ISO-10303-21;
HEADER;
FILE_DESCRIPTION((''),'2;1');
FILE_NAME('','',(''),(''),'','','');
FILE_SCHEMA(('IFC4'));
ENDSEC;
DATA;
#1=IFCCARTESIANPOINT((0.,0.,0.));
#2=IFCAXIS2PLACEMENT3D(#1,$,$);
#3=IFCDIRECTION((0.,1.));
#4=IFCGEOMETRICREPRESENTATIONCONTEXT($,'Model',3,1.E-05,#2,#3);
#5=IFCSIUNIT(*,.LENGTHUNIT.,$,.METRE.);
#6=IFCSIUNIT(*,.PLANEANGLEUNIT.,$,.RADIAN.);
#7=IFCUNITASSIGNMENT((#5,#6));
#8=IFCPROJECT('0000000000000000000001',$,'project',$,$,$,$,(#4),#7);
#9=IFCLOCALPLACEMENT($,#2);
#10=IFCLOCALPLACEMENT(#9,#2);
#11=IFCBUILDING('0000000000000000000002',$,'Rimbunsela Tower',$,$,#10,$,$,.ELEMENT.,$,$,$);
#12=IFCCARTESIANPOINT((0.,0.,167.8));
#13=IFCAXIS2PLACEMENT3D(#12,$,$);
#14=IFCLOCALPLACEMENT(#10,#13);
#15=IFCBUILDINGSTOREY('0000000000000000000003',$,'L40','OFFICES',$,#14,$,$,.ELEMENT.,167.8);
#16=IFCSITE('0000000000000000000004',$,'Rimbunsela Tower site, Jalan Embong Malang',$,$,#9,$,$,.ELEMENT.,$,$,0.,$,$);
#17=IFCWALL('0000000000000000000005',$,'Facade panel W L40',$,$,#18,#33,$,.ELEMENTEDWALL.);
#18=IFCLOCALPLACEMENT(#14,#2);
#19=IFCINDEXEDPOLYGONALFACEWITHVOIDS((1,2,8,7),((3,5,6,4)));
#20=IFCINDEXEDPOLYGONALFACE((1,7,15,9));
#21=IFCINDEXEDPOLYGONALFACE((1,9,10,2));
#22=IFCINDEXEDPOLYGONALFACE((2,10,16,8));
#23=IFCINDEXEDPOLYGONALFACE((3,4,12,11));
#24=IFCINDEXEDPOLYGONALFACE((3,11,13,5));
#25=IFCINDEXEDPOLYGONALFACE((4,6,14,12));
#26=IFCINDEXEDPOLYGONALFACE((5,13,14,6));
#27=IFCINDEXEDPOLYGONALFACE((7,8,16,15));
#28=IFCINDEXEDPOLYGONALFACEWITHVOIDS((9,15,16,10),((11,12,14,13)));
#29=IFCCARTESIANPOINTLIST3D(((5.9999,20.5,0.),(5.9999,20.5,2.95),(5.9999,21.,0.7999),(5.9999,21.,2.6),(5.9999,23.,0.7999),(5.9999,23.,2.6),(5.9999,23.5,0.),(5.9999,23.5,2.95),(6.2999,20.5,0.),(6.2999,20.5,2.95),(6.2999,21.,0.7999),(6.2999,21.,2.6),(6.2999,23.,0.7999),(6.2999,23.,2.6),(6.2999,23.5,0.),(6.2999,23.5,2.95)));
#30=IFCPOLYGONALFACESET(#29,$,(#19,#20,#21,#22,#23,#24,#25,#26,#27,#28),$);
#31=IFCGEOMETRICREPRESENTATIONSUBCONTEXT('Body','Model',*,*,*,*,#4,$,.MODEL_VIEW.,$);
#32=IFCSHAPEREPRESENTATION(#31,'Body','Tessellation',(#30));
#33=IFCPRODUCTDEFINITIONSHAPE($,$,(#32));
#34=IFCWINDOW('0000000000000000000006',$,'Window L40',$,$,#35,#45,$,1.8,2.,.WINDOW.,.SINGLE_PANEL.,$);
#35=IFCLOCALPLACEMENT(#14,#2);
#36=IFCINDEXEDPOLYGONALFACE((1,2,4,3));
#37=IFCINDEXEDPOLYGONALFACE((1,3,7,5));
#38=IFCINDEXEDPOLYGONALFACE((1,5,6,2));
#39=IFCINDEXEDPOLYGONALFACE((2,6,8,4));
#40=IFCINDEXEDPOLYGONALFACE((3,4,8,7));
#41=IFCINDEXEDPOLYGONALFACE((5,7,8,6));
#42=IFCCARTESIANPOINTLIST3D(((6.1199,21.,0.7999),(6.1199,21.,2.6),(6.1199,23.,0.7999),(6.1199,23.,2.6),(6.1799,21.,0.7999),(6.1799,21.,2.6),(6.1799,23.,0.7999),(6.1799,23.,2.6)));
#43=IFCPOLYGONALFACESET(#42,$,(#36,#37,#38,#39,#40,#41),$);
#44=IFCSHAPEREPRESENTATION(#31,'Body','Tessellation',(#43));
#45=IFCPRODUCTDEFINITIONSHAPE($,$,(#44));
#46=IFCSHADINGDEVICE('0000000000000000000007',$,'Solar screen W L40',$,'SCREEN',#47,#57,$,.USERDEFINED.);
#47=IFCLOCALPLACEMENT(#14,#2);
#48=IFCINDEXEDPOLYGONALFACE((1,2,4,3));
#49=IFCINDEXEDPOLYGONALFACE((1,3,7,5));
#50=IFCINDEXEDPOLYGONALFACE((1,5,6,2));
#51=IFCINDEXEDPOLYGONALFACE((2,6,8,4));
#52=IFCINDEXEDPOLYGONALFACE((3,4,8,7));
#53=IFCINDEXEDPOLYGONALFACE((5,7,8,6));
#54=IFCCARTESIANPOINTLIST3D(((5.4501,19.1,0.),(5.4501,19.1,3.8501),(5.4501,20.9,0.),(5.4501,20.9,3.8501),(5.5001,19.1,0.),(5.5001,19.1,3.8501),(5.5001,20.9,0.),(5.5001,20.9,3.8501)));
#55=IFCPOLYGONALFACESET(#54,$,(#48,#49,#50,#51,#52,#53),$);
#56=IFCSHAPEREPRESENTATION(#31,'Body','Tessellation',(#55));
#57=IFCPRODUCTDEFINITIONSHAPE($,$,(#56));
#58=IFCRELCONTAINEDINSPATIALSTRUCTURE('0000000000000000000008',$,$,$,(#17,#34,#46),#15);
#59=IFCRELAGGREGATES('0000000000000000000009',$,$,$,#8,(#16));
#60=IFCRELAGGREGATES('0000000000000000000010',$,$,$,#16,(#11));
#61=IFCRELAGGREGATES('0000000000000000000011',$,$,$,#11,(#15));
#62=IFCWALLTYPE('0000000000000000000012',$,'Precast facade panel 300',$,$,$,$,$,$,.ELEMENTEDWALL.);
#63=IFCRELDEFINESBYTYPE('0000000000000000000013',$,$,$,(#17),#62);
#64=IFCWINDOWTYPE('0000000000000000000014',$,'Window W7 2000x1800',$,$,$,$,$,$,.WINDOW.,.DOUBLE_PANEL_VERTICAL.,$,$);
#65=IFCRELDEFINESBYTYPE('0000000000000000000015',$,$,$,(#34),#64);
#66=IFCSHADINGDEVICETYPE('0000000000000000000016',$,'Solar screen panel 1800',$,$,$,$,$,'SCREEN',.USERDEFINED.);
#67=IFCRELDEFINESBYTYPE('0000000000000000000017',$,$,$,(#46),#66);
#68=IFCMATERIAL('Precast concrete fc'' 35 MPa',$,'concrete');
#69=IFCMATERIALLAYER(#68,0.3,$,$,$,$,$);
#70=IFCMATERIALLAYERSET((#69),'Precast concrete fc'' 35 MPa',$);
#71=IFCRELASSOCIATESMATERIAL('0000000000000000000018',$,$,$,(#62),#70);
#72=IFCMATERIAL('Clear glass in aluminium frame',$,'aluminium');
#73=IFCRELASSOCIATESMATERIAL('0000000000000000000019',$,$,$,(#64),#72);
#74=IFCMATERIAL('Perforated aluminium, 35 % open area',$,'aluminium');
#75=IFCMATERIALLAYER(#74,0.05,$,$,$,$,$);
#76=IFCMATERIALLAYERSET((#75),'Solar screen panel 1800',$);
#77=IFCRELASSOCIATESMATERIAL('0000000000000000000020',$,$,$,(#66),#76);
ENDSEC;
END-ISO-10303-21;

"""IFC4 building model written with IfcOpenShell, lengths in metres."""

from ifc_helpers import new_model, si_unit, direction, frame, frame_2d, origin, origin_2d, place, context, subcontext, project, spatial, rectangle, extrude, material, layer, layer_set, type_object, element, fill, save


model = new_model("IFC4")

# Units and contexts
model_context = context("Model", 3, precision=1e-05, world=origin(), true_north=direction((0.0, 1.0)))
body_context = subcontext(model_context, "Body", "Model", "MODEL_VIEW")
ifc_project = project(units=[si_unit("LENGTHUNIT", "METRE"), si_unit("PLANEANGLEUNIT", "RADIAN")], contexts=[model_context])

# Site, building, storey
site_placement = place(None, origin())
site = spatial("IfcSite", under=ifc_project, at=site_placement, Name="Rimbunsela Tower site, Jalan Embong Malang", CompositionType="ELEMENT", RefElevation=0.0)
building_placement = place(site_placement, origin())
building = spatial("IfcBuilding", under=site, at=building_placement, Name="Rimbunsela Tower", CompositionType="ELEMENT")
storey_placement = place(building_placement, frame((0.0, 0.0, 167.8)))
storey = spatial("IfcBuildingStorey", under=building, at=storey_placement, Name="L40", Description="OFFICES", CompositionType="ELEMENT", Elevation=167.8)

# Wall, opening, window
ifc_material_1 = material(Name="Precast concrete fc' 35 MPa", Category="concrete")
ifc_layer_1 = layer(ifc_material_1, 0.3)
ifc_layer_set_1 = layer_set([ifc_layer_1], Name="Precast concrete fc' 35 MPa")
wall_type_1 = type_object("IfcWallType", Name="Precast facade panel 300", PredefinedType="ELEMENTEDWALL", material=ifc_layer_set_1)
ifc_material_2 = material(Name="Clear glass in aluminium frame", Category="aluminium")
window_type = type_object("IfcWindowType", Name="Window W7 2000x1800", PartitioningType="DOUBLE_PANEL_VERTICAL", PredefinedType="WINDOW", material=ifc_material_2)
wall_1_placement = place(storey_placement, frame((6.1499, 23.5, 0.0), z_axis=(0.0, 0.0, 1.0), x_axis=(0.0, -1.0, 0.0)))
wall_1 = element("IfcWall", 1, at=wall_1_placement, inside=storey, type_object=wall_type_1, Name="Facade panel W L40", PredefinedType="ELEMENTEDWALL", context=body_context, shape_type="SweptSolid", body=[
    extrude(rectangle(XDim=3.0, YDim=0.3, at=frame_2d((1.5, 0.0))), origin(), (0.0, 0.0, 1.0), 2.95),
])
opening_1_placement = place(wall_1_placement, frame((0.5, 0.0, 0.8)))
opening_1 = element("IfcOpeningElement", 2, at=opening_1_placement, cuts=wall_1, PredefinedType="OPENING", context=body_context, shape_type="SweptSolid", body=[
    extrude(rectangle(XDim=2.0, YDim=1.8, at=frame_2d((1.0, 0.8999))), frame((0.0, 0.1599, 0.0), z_axis=(0.0, -1.0, 0.0), x_axis=(1.0, 0.0, 0.0)), (0.0, 0.0, 1.0), 0.3201),
])
window_1_placement = place(opening_1_placement, origin())
window_1 = element("IfcWindow", 3, at=window_1_placement, inside=storey, type_object=window_type, Name="Window L40", OverallHeight=1.8, OverallWidth=2.0, PartitioningType="SINGLE_PANEL", PredefinedType="WINDOW", context=body_context, shape_type="SweptSolid", body=[
    extrude(rectangle(XDim=2.0, YDim=1.8, at=frame_2d((1.0, 0.8999))), frame((0.0, 0.03, 0.0), z_axis=(0.0, -1.0, 0.0), x_axis=(1.0, 0.0, 0.0)), (0.0, 0.0, 1.0), 0.0601),
])
fill(opening_1, window_1)

# Shading device
ifc_material_3 = material(Name="Perforated aluminium, 35 % open area", Category="aluminium")
ifc_layer_2 = layer(ifc_material_3, 0.05)
ifc_layer_set_2 = layer_set([ifc_layer_2], Name="Solar screen panel 1800")
shading_device_type = type_object("IfcShadingDeviceType", Name="Solar screen panel 1800", ElementType="SCREEN", PredefinedType="USERDEFINED", material=ifc_layer_set_2)
shading_device_placement = place(storey_placement, frame((5.4751, 20.0, 0.0), z_axis=(0.0, 0.0, 1.0), x_axis=(0.0, 1.0, 0.0)))
element("IfcShadingDevice", 4, at=shading_device_placement, inside=storey, type_object=shading_device_type, Name="Solar screen W L40", ObjectType="SCREEN", PredefinedType="USERDEFINED", context=body_context, shape_type="SweptSolid", body=[
    extrude(rectangle(XDim=1.8, YDim=0.05, at=origin_2d()), origin(), (0.0, 0.0, 1.0), 3.8501),
])

save(model, "model.ifc")
